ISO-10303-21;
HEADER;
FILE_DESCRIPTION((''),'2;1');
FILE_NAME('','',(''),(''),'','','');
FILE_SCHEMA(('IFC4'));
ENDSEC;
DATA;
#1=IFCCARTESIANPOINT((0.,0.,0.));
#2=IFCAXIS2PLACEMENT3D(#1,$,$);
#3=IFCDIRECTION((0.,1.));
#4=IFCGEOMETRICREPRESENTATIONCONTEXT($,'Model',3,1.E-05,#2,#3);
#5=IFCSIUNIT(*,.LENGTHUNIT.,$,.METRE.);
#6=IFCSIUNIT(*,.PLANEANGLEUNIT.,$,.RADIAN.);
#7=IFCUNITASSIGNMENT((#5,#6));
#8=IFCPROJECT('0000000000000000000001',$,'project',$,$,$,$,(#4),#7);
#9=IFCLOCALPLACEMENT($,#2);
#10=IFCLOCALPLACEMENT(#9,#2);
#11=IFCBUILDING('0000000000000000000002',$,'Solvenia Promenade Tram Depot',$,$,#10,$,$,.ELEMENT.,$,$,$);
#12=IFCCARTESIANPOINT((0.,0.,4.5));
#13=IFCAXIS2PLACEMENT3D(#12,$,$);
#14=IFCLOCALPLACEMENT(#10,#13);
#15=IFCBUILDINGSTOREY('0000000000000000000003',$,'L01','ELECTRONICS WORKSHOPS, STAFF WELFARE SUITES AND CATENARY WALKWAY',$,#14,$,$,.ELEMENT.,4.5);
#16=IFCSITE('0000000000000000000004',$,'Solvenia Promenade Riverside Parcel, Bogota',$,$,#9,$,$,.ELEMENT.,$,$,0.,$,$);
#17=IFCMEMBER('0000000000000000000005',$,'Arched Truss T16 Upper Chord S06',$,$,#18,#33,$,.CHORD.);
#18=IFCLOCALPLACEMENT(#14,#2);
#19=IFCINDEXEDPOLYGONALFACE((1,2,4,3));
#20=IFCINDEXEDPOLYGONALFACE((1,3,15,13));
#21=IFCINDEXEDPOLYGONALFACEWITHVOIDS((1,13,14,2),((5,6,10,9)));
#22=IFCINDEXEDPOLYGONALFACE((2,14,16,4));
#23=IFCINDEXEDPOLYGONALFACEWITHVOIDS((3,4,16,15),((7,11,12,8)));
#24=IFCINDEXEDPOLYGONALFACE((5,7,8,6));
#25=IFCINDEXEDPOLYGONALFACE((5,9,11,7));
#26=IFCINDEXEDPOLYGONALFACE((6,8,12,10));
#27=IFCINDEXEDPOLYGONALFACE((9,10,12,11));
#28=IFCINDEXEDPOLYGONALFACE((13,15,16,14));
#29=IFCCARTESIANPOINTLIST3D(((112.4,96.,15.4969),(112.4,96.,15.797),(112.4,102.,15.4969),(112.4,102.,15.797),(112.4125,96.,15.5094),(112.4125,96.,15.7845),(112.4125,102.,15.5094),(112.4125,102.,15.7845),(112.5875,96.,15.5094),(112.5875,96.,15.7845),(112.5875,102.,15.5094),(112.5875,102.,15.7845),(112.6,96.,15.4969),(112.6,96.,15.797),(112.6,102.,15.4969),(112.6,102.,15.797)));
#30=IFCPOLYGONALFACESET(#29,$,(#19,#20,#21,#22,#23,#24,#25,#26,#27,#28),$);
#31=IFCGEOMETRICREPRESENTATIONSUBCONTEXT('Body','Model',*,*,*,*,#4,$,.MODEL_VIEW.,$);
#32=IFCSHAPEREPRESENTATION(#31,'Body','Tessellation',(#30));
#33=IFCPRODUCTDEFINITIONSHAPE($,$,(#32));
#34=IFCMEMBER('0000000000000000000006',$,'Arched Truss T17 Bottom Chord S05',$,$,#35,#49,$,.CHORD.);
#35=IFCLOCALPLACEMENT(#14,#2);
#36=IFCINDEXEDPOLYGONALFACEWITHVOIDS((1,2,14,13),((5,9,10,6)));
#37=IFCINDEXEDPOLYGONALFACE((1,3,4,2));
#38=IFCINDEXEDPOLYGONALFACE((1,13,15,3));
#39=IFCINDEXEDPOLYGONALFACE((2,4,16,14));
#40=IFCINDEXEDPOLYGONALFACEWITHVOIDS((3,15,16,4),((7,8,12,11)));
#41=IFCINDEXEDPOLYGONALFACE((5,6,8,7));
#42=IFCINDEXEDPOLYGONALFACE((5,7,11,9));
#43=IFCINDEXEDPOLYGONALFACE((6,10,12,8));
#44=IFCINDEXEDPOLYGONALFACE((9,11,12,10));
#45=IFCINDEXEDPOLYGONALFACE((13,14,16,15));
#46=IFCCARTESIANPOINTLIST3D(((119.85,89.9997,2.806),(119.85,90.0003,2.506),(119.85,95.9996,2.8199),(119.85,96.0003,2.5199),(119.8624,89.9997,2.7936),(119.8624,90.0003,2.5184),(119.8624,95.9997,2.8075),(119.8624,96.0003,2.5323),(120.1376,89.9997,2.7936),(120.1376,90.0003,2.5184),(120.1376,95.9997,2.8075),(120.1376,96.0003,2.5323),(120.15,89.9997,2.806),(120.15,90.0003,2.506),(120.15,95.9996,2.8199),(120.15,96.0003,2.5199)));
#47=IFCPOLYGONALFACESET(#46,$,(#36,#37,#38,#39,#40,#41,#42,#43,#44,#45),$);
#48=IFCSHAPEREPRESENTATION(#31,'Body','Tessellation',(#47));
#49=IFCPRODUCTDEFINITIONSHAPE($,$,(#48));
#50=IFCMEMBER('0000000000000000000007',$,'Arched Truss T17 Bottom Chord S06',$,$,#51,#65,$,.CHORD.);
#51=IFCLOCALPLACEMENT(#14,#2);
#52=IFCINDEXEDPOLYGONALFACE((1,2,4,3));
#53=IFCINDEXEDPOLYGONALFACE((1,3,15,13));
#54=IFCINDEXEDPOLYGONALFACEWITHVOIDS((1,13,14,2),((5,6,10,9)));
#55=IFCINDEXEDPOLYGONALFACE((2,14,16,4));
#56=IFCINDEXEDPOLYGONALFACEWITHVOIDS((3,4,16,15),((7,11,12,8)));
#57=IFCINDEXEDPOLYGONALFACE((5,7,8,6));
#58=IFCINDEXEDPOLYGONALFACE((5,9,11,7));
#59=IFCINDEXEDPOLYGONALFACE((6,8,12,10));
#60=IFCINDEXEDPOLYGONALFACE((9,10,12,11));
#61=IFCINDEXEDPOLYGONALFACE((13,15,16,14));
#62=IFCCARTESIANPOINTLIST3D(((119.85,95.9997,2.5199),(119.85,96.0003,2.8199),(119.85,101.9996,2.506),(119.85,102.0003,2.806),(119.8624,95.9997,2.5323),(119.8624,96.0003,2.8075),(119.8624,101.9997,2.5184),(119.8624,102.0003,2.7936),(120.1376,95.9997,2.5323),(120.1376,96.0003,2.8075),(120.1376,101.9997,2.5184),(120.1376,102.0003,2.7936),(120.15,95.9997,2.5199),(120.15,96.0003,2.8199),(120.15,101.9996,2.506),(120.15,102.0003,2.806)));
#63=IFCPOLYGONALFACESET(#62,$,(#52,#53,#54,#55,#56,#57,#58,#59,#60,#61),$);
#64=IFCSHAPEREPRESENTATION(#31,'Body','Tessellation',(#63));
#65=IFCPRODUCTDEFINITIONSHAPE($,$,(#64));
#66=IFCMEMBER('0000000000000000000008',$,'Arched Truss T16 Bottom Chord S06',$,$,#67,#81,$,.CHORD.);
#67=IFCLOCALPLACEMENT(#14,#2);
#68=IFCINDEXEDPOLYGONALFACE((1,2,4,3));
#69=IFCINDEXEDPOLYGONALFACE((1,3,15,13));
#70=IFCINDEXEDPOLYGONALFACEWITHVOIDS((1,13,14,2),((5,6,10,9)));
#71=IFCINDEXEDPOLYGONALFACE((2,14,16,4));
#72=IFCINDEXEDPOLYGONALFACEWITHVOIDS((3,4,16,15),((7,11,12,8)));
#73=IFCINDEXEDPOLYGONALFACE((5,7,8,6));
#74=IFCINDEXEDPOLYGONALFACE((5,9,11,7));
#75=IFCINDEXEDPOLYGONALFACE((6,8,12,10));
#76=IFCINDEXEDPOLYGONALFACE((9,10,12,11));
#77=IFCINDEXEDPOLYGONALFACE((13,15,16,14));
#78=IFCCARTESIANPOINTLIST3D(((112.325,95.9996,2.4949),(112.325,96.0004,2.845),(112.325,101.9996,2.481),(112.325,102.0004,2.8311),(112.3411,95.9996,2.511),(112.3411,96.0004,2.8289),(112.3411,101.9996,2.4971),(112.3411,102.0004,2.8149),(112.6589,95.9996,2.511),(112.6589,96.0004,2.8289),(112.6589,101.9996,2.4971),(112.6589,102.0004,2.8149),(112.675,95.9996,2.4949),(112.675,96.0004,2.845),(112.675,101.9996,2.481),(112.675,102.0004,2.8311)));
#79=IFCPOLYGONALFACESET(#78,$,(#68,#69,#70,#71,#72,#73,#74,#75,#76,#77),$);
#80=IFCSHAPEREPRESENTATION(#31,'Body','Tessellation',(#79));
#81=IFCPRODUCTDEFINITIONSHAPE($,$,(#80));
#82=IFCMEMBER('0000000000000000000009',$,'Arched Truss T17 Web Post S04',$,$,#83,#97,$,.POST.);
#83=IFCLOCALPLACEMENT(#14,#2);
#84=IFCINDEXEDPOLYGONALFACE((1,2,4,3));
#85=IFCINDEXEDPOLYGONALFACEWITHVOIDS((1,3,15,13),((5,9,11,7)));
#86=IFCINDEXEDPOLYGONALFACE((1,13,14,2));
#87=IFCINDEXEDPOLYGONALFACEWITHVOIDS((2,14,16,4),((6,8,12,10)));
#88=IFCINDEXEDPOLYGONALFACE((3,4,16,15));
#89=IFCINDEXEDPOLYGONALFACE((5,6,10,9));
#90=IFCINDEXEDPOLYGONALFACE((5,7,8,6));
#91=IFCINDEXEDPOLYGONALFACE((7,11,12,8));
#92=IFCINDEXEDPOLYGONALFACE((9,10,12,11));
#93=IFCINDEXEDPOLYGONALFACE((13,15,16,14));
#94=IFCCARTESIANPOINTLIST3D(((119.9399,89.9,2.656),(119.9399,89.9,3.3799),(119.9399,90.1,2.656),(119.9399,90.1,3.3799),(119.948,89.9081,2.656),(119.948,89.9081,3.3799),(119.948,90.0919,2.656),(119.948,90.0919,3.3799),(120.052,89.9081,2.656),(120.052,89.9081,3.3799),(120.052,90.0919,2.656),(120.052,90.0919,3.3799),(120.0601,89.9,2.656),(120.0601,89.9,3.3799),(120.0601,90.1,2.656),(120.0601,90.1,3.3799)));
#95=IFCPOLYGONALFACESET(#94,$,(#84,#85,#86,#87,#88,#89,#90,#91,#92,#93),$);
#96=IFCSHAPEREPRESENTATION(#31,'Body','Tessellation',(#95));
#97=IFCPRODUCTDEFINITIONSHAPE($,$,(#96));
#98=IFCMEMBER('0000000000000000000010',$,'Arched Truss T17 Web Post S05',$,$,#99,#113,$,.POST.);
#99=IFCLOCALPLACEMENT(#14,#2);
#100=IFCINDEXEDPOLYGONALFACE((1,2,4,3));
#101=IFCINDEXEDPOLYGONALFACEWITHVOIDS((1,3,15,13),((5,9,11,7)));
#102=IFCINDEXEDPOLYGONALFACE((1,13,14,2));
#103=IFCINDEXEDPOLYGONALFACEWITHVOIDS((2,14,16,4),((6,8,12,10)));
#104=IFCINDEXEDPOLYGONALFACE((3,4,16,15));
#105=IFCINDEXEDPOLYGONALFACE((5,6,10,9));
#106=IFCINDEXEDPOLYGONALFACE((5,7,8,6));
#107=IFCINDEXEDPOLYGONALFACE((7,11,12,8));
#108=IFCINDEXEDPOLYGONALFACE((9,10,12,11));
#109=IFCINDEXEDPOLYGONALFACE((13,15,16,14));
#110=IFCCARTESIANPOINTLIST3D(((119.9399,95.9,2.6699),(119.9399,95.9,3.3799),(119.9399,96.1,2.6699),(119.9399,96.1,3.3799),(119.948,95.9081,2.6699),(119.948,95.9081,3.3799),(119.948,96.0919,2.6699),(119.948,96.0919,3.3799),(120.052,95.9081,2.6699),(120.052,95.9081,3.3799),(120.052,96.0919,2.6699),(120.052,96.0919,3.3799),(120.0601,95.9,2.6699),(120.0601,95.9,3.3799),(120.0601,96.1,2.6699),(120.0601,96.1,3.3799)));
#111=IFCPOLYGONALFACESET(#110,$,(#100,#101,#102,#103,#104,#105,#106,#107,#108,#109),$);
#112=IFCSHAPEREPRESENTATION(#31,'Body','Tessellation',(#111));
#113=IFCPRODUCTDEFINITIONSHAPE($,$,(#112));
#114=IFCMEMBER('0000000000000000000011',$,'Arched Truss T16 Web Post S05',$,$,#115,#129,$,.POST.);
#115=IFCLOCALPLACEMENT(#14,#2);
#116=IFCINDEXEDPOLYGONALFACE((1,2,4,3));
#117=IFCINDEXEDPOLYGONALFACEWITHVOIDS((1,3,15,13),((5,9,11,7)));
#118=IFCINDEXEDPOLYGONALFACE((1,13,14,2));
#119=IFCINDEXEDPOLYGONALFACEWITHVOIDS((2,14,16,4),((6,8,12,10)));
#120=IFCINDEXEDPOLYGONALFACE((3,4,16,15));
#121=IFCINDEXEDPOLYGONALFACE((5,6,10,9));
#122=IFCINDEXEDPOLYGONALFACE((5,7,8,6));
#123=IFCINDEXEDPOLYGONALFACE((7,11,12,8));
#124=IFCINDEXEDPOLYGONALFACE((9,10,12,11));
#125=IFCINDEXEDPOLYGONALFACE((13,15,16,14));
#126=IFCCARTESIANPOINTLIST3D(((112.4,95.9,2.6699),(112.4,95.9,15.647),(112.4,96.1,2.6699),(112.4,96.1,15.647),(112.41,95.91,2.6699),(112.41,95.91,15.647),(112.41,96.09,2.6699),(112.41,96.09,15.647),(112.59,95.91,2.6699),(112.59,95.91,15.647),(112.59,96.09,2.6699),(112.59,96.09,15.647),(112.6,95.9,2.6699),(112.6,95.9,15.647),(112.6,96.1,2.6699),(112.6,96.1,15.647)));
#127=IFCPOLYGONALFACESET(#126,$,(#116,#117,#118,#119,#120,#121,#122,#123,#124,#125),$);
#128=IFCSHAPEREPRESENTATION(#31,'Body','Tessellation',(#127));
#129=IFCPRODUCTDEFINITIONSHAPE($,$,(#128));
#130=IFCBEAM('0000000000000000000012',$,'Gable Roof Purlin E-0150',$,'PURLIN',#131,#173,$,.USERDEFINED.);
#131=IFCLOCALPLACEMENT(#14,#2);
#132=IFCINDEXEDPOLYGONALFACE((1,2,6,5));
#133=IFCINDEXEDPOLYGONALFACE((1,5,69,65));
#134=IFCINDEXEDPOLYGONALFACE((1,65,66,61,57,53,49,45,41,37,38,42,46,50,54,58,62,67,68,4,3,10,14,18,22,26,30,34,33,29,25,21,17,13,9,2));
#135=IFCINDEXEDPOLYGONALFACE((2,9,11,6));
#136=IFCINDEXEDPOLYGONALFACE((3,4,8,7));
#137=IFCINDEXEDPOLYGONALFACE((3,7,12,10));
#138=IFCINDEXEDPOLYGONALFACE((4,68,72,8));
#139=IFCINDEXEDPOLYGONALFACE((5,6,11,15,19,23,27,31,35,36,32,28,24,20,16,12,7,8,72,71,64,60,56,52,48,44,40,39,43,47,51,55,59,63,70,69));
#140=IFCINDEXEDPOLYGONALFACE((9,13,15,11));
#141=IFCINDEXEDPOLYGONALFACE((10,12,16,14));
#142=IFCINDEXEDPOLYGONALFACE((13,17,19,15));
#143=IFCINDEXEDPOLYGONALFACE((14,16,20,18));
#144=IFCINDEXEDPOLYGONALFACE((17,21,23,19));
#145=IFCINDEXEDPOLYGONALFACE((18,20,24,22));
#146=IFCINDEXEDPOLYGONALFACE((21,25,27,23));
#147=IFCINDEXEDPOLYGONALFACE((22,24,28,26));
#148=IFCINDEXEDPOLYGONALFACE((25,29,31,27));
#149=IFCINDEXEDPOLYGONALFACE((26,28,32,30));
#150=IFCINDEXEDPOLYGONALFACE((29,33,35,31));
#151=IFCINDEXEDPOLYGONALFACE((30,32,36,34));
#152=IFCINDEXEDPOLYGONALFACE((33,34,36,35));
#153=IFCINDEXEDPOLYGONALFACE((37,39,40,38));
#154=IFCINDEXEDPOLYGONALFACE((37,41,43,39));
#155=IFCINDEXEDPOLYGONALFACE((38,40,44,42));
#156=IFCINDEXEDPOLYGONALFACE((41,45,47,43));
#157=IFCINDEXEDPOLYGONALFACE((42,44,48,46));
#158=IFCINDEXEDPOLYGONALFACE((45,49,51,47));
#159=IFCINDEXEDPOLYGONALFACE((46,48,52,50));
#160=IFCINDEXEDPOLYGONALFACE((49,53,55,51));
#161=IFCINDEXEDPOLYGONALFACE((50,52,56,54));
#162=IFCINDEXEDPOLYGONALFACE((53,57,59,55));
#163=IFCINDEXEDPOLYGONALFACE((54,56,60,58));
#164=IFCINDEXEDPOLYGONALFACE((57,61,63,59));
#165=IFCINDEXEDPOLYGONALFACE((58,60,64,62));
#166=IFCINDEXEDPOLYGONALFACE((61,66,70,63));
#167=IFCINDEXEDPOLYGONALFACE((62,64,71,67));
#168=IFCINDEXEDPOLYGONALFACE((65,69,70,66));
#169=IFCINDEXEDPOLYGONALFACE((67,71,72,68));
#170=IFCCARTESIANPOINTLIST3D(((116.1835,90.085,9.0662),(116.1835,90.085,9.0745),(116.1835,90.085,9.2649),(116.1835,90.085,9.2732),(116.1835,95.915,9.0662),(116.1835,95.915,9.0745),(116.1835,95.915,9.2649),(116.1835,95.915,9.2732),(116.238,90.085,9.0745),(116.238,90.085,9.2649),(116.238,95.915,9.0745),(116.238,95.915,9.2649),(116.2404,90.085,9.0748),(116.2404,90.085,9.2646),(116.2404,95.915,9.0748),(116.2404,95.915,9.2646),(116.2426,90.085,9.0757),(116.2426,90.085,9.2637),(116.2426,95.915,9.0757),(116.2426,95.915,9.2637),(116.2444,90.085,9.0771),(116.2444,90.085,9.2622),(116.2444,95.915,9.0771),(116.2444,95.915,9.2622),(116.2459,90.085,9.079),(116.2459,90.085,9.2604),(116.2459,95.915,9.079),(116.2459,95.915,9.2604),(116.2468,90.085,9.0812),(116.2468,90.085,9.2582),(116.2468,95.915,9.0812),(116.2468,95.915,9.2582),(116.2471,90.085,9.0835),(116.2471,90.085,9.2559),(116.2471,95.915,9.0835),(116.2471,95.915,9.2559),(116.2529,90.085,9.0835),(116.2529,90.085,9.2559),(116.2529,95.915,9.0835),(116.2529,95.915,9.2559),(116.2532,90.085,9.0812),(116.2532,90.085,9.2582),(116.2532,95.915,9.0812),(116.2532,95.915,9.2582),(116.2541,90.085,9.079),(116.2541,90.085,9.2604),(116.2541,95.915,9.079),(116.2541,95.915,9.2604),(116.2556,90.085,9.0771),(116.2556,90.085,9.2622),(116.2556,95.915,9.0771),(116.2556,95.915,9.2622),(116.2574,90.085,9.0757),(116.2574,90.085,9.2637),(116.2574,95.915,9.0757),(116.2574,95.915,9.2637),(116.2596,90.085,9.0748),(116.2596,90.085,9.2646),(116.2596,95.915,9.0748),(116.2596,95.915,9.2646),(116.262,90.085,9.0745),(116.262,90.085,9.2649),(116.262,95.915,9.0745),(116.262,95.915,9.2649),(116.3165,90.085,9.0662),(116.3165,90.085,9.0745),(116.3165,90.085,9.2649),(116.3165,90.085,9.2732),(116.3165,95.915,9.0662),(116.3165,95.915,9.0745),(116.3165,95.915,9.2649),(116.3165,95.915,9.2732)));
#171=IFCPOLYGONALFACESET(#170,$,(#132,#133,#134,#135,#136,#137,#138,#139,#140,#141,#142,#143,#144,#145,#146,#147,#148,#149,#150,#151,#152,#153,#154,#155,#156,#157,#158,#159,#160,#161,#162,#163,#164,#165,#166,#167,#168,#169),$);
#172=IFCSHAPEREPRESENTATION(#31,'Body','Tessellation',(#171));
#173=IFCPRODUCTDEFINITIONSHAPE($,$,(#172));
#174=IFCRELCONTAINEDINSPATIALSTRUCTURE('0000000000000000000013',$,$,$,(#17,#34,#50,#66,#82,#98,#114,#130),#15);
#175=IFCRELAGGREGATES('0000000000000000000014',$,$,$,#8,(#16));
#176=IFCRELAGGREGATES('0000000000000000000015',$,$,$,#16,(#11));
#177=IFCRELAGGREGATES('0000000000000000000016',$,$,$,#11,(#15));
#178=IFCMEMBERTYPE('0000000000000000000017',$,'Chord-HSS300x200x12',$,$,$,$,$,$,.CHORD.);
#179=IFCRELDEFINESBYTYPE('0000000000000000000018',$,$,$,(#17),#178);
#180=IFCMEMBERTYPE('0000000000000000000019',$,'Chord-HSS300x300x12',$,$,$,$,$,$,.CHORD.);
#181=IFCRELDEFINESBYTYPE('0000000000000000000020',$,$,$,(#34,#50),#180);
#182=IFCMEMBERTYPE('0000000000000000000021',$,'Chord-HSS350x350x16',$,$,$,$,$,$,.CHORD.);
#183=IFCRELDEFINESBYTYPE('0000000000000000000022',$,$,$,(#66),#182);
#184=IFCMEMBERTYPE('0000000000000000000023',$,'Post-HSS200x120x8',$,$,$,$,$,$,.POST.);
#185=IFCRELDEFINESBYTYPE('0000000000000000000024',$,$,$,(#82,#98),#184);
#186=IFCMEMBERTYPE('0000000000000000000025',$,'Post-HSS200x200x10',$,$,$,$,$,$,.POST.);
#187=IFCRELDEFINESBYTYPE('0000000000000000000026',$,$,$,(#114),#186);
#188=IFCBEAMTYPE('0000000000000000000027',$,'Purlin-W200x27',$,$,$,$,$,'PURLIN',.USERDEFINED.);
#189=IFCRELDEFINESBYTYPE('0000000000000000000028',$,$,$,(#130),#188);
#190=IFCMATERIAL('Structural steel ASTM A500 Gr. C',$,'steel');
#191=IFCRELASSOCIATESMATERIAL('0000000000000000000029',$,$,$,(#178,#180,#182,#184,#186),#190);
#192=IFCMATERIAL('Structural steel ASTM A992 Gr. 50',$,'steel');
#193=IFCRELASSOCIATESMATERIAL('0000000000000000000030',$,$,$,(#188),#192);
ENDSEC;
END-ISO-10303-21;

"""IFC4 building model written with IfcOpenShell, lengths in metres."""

from ifc_helpers import new_model, si_unit, direction, frame, origin, origin_2d, place, context, subcontext, project, spatial, hollow_rectangle, i_section, extrude, material, material_profile, profile_set, type_object, element, save


model = new_model("IFC4")

# Units and contexts
model_context = context("Model", 3, precision=1e-05, world=origin(), true_north=direction((0.0, 1.0)))
body_context = subcontext(model_context, "Body", "Model", "MODEL_VIEW")
ifc_project = project(units=[si_unit("LENGTHUNIT", "METRE"), si_unit("PLANEANGLEUNIT", "RADIAN")], contexts=[model_context])

# Site, building, storey
site_placement = place(None, origin())
site = spatial("IfcSite", under=ifc_project, at=site_placement, Name="Solvenia Promenade Riverside Parcel, Bogota", CompositionType="ELEMENT", RefElevation=0.0)
building_placement = place(site_placement, origin())
building = spatial("IfcBuilding", under=site, at=building_placement, Name="Solvenia Promenade Tram Depot", CompositionType="ELEMENT")
storey_placement = place(building_placement, frame((0.0, 0.0, 4.5)))
storey = spatial("IfcBuildingStorey", under=building, at=storey_placement, Name="L01", Description="ELECTRONICS WORKSHOPS, STAFF WELFARE SUITES AND CATENARY WALKWAY", CompositionType="ELEMENT", Elevation=4.5)

# Members
ifc_material_1 = material(Name="Structural steel ASTM A500 Gr. C", Category="steel")
ifc_material_profile_1 = material_profile(ifc_material_1, hollow_rectangle(XDim=0.2, YDim=0.3, WallThickness=0.0125, at=origin_2d()), Name="HSS300x200x12.5", Category="steel")
ifc_profile_set_1 = profile_set([ifc_material_profile_1], Name="Structural steel ASTM A500 Gr. C")
member_type_1 = type_object("IfcMemberType", Name="Chord-HSS300x200x12", PredefinedType="CHORD", material=ifc_profile_set_1)
member_1_placement = place(storey_placement, frame((112.5, 96.0, 15.647), z_axis=(0.0, 1.0, 0.0), x_axis=(-1.0, 0.0, 0.0)))
element("IfcMember", 1, at=member_1_placement, inside=storey, type_object=member_type_1, Name="Arched Truss T16 Upper Chord S06", PredefinedType="CHORD", context=body_context, shape_type="SweptSolid", body=[
    extrude(hollow_rectangle(XDim=0.2, YDim=0.3, WallThickness=0.0125, at=origin_2d()), origin(), (0.0, 0.0, 1.0), 6.0),
])
ifc_material_profile_2 = material_profile(ifc_material_1, hollow_rectangle(XDim=0.3, YDim=0.3, WallThickness=0.0125, at=origin_2d()), Name="HSS300x300x12.5", Category="steel")
ifc_profile_set_2 = profile_set([ifc_material_profile_2], Name="Structural steel ASTM A500 Gr. C")
member_type_2 = type_object("IfcMemberType", Name="Chord-HSS300x300x12", PredefinedType="CHORD", material=ifc_profile_set_2)
for number, where, z_axis, x_axis, name in (
    (2, (120.0, 90.0, 2.656), (0.0, 0.999997, 0.002319), (-1.0, 0.0, 0.0), "Arched Truss T17 Bottom Chord S05"),
    (3, (120.0, 96.0, 2.6699), (0.0, 0.999997, -0.002319), (-1.0, 0.0, 0.0), "Arched Truss T17 Bottom Chord S06"),
):
    element("IfcMember", number, at=place(storey_placement, frame(where, z_axis=z_axis, x_axis=x_axis)), inside=storey, type_object=member_type_2, Name=name, PredefinedType="CHORD", context=body_context, shape_type="SweptSolid", body=[
        extrude(hollow_rectangle(XDim=0.3, YDim=0.3, WallThickness=0.0125, at=origin_2d()), origin(), (0.0, 0.0, 1.0), 6.0),
    ])
ifc_material_profile_3 = material_profile(ifc_material_1, hollow_rectangle(XDim=0.3501, YDim=0.3501, WallThickness=0.0161, at=origin_2d()), Name="HSS350x350x16", Category="steel")
ifc_profile_set_3 = profile_set([ifc_material_profile_3], Name="Structural steel ASTM A500 Gr. C")
member_type_3 = type_object("IfcMemberType", Name="Chord-HSS350x350x16", PredefinedType="CHORD", material=ifc_profile_set_3)
member_2_placement = place(storey_placement, frame((112.5, 96.0, 2.6699), z_axis=(0.0, 0.999997, -0.002319), x_axis=(-1.0, 0.0, 0.0)))
element("IfcMember", 4, at=member_2_placement, inside=storey, type_object=member_type_3, Name="Arched Truss T16 Bottom Chord S06", PredefinedType="CHORD", context=body_context, shape_type="SweptSolid", body=[
    extrude(hollow_rectangle(XDim=0.3501, YDim=0.3501, WallThickness=0.0161, at=origin_2d()), origin(), (0.0, 0.0, 1.0), 6.0),
])
ifc_material_profile_4 = material_profile(ifc_material_1, hollow_rectangle(XDim=0.1201, YDim=0.2, WallThickness=0.0081, at=origin_2d()), Name="HSS200x120x8", Category="steel")
ifc_profile_set_4 = profile_set([ifc_material_profile_4], Name="Structural steel ASTM A500 Gr. C")
member_type_4 = type_object("IfcMemberType", Name="Post-HSS200x120x8", PredefinedType="POST", material=ifc_profile_set_4)
member_3_placement = place(storey_placement, frame((120.0, 90.0, 2.656), z_axis=(0.0, 0.0, 1.0), x_axis=(1.0, 0.0, 0.0)))
element("IfcMember", 5, at=member_3_placement, inside=storey, type_object=member_type_4, Name="Arched Truss T17 Web Post S04", PredefinedType="POST", context=body_context, shape_type="SweptSolid", body=[
    extrude(hollow_rectangle(XDim=0.1201, YDim=0.2, WallThickness=0.0081, at=origin_2d()), origin(), (0.0, 0.0, 1.0), 0.7239),
])
member_4_placement = place(storey_placement, frame((120.0, 96.0, 2.6699), z_axis=(0.0, 0.0, 1.0), x_axis=(1.0, 0.0, 0.0)))
element("IfcMember", 6, at=member_4_placement, inside=storey, type_object=member_type_4, Name="Arched Truss T17 Web Post S05", PredefinedType="POST", context=body_context, shape_type="SweptSolid", body=[
    extrude(hollow_rectangle(XDim=0.1201, YDim=0.2, WallThickness=0.0081, at=origin_2d()), origin(), (0.0, 0.0, 1.0), 0.71),
])
ifc_material_profile_5 = material_profile(ifc_material_1, hollow_rectangle(XDim=0.2, YDim=0.2, WallThickness=0.01, at=origin_2d()), Name="HSS200x200x10", Category="steel")
ifc_profile_set_5 = profile_set([ifc_material_profile_5], Name="Structural steel ASTM A500 Gr. C")
member_type_5 = type_object("IfcMemberType", Name="Post-HSS200x200x10", PredefinedType="POST", material=ifc_profile_set_5)
member_5_placement = place(storey_placement, frame((112.5, 96.0, 2.6699), z_axis=(0.0, 0.0, 1.0), x_axis=(1.0, 0.0, 0.0)))
element("IfcMember", 7, at=member_5_placement, inside=storey, type_object=member_type_5, Name="Arched Truss T16 Web Post S05", PredefinedType="POST", context=body_context, shape_type="SweptSolid", body=[
    extrude(hollow_rectangle(XDim=0.2, YDim=0.2, WallThickness=0.01, at=origin_2d()), origin(), (0.0, 0.0, 1.0), 12.9771),
])

# Beam
ifc_material_2 = material(Name="Structural steel ASTM A992 Gr. 50", Category="steel")
ifc_material_profile_6 = material_profile(ifc_material_2, i_section(OverallWidth=0.1331, OverallDepth=0.207, WebThickness=0.0059, FlangeThickness=0.0083, FilletRadius=0.009, at=origin_2d()), Name="W200x27", Category="steel")
ifc_profile_set_6 = profile_set([ifc_material_profile_6], Name="Structural steel ASTM A992 Gr. 50")
beam_type = type_object("IfcBeamType", Name="Purlin-W200x27", ElementType="PURLIN", PredefinedType="USERDEFINED", material=ifc_profile_set_6)
for number, where, z_axis, x_axis, name in (
    (8, (116.25, 90.085, 9.1697), (0.0, 1.0, 0.0), (-1.0, 0.0, 0.0), "Gable Roof Purlin E-0150"),
):
    element("IfcBeam", number, at=place(storey_placement, frame(where, z_axis=z_axis, x_axis=x_axis)), inside=storey, type_object=beam_type, Name=name, ObjectType="PURLIN", PredefinedType="USERDEFINED", context=body_context, shape_type="SweptSolid", body=[
        extrude(i_section(OverallWidth=0.1331, OverallDepth=0.207, WebThickness=0.0059, FlangeThickness=0.0083, FilletRadius=0.009, at=origin_2d()), origin(), (0.0, 0.0, 1.0), 5.8301),
    ])

save(model, "model.ifc")
